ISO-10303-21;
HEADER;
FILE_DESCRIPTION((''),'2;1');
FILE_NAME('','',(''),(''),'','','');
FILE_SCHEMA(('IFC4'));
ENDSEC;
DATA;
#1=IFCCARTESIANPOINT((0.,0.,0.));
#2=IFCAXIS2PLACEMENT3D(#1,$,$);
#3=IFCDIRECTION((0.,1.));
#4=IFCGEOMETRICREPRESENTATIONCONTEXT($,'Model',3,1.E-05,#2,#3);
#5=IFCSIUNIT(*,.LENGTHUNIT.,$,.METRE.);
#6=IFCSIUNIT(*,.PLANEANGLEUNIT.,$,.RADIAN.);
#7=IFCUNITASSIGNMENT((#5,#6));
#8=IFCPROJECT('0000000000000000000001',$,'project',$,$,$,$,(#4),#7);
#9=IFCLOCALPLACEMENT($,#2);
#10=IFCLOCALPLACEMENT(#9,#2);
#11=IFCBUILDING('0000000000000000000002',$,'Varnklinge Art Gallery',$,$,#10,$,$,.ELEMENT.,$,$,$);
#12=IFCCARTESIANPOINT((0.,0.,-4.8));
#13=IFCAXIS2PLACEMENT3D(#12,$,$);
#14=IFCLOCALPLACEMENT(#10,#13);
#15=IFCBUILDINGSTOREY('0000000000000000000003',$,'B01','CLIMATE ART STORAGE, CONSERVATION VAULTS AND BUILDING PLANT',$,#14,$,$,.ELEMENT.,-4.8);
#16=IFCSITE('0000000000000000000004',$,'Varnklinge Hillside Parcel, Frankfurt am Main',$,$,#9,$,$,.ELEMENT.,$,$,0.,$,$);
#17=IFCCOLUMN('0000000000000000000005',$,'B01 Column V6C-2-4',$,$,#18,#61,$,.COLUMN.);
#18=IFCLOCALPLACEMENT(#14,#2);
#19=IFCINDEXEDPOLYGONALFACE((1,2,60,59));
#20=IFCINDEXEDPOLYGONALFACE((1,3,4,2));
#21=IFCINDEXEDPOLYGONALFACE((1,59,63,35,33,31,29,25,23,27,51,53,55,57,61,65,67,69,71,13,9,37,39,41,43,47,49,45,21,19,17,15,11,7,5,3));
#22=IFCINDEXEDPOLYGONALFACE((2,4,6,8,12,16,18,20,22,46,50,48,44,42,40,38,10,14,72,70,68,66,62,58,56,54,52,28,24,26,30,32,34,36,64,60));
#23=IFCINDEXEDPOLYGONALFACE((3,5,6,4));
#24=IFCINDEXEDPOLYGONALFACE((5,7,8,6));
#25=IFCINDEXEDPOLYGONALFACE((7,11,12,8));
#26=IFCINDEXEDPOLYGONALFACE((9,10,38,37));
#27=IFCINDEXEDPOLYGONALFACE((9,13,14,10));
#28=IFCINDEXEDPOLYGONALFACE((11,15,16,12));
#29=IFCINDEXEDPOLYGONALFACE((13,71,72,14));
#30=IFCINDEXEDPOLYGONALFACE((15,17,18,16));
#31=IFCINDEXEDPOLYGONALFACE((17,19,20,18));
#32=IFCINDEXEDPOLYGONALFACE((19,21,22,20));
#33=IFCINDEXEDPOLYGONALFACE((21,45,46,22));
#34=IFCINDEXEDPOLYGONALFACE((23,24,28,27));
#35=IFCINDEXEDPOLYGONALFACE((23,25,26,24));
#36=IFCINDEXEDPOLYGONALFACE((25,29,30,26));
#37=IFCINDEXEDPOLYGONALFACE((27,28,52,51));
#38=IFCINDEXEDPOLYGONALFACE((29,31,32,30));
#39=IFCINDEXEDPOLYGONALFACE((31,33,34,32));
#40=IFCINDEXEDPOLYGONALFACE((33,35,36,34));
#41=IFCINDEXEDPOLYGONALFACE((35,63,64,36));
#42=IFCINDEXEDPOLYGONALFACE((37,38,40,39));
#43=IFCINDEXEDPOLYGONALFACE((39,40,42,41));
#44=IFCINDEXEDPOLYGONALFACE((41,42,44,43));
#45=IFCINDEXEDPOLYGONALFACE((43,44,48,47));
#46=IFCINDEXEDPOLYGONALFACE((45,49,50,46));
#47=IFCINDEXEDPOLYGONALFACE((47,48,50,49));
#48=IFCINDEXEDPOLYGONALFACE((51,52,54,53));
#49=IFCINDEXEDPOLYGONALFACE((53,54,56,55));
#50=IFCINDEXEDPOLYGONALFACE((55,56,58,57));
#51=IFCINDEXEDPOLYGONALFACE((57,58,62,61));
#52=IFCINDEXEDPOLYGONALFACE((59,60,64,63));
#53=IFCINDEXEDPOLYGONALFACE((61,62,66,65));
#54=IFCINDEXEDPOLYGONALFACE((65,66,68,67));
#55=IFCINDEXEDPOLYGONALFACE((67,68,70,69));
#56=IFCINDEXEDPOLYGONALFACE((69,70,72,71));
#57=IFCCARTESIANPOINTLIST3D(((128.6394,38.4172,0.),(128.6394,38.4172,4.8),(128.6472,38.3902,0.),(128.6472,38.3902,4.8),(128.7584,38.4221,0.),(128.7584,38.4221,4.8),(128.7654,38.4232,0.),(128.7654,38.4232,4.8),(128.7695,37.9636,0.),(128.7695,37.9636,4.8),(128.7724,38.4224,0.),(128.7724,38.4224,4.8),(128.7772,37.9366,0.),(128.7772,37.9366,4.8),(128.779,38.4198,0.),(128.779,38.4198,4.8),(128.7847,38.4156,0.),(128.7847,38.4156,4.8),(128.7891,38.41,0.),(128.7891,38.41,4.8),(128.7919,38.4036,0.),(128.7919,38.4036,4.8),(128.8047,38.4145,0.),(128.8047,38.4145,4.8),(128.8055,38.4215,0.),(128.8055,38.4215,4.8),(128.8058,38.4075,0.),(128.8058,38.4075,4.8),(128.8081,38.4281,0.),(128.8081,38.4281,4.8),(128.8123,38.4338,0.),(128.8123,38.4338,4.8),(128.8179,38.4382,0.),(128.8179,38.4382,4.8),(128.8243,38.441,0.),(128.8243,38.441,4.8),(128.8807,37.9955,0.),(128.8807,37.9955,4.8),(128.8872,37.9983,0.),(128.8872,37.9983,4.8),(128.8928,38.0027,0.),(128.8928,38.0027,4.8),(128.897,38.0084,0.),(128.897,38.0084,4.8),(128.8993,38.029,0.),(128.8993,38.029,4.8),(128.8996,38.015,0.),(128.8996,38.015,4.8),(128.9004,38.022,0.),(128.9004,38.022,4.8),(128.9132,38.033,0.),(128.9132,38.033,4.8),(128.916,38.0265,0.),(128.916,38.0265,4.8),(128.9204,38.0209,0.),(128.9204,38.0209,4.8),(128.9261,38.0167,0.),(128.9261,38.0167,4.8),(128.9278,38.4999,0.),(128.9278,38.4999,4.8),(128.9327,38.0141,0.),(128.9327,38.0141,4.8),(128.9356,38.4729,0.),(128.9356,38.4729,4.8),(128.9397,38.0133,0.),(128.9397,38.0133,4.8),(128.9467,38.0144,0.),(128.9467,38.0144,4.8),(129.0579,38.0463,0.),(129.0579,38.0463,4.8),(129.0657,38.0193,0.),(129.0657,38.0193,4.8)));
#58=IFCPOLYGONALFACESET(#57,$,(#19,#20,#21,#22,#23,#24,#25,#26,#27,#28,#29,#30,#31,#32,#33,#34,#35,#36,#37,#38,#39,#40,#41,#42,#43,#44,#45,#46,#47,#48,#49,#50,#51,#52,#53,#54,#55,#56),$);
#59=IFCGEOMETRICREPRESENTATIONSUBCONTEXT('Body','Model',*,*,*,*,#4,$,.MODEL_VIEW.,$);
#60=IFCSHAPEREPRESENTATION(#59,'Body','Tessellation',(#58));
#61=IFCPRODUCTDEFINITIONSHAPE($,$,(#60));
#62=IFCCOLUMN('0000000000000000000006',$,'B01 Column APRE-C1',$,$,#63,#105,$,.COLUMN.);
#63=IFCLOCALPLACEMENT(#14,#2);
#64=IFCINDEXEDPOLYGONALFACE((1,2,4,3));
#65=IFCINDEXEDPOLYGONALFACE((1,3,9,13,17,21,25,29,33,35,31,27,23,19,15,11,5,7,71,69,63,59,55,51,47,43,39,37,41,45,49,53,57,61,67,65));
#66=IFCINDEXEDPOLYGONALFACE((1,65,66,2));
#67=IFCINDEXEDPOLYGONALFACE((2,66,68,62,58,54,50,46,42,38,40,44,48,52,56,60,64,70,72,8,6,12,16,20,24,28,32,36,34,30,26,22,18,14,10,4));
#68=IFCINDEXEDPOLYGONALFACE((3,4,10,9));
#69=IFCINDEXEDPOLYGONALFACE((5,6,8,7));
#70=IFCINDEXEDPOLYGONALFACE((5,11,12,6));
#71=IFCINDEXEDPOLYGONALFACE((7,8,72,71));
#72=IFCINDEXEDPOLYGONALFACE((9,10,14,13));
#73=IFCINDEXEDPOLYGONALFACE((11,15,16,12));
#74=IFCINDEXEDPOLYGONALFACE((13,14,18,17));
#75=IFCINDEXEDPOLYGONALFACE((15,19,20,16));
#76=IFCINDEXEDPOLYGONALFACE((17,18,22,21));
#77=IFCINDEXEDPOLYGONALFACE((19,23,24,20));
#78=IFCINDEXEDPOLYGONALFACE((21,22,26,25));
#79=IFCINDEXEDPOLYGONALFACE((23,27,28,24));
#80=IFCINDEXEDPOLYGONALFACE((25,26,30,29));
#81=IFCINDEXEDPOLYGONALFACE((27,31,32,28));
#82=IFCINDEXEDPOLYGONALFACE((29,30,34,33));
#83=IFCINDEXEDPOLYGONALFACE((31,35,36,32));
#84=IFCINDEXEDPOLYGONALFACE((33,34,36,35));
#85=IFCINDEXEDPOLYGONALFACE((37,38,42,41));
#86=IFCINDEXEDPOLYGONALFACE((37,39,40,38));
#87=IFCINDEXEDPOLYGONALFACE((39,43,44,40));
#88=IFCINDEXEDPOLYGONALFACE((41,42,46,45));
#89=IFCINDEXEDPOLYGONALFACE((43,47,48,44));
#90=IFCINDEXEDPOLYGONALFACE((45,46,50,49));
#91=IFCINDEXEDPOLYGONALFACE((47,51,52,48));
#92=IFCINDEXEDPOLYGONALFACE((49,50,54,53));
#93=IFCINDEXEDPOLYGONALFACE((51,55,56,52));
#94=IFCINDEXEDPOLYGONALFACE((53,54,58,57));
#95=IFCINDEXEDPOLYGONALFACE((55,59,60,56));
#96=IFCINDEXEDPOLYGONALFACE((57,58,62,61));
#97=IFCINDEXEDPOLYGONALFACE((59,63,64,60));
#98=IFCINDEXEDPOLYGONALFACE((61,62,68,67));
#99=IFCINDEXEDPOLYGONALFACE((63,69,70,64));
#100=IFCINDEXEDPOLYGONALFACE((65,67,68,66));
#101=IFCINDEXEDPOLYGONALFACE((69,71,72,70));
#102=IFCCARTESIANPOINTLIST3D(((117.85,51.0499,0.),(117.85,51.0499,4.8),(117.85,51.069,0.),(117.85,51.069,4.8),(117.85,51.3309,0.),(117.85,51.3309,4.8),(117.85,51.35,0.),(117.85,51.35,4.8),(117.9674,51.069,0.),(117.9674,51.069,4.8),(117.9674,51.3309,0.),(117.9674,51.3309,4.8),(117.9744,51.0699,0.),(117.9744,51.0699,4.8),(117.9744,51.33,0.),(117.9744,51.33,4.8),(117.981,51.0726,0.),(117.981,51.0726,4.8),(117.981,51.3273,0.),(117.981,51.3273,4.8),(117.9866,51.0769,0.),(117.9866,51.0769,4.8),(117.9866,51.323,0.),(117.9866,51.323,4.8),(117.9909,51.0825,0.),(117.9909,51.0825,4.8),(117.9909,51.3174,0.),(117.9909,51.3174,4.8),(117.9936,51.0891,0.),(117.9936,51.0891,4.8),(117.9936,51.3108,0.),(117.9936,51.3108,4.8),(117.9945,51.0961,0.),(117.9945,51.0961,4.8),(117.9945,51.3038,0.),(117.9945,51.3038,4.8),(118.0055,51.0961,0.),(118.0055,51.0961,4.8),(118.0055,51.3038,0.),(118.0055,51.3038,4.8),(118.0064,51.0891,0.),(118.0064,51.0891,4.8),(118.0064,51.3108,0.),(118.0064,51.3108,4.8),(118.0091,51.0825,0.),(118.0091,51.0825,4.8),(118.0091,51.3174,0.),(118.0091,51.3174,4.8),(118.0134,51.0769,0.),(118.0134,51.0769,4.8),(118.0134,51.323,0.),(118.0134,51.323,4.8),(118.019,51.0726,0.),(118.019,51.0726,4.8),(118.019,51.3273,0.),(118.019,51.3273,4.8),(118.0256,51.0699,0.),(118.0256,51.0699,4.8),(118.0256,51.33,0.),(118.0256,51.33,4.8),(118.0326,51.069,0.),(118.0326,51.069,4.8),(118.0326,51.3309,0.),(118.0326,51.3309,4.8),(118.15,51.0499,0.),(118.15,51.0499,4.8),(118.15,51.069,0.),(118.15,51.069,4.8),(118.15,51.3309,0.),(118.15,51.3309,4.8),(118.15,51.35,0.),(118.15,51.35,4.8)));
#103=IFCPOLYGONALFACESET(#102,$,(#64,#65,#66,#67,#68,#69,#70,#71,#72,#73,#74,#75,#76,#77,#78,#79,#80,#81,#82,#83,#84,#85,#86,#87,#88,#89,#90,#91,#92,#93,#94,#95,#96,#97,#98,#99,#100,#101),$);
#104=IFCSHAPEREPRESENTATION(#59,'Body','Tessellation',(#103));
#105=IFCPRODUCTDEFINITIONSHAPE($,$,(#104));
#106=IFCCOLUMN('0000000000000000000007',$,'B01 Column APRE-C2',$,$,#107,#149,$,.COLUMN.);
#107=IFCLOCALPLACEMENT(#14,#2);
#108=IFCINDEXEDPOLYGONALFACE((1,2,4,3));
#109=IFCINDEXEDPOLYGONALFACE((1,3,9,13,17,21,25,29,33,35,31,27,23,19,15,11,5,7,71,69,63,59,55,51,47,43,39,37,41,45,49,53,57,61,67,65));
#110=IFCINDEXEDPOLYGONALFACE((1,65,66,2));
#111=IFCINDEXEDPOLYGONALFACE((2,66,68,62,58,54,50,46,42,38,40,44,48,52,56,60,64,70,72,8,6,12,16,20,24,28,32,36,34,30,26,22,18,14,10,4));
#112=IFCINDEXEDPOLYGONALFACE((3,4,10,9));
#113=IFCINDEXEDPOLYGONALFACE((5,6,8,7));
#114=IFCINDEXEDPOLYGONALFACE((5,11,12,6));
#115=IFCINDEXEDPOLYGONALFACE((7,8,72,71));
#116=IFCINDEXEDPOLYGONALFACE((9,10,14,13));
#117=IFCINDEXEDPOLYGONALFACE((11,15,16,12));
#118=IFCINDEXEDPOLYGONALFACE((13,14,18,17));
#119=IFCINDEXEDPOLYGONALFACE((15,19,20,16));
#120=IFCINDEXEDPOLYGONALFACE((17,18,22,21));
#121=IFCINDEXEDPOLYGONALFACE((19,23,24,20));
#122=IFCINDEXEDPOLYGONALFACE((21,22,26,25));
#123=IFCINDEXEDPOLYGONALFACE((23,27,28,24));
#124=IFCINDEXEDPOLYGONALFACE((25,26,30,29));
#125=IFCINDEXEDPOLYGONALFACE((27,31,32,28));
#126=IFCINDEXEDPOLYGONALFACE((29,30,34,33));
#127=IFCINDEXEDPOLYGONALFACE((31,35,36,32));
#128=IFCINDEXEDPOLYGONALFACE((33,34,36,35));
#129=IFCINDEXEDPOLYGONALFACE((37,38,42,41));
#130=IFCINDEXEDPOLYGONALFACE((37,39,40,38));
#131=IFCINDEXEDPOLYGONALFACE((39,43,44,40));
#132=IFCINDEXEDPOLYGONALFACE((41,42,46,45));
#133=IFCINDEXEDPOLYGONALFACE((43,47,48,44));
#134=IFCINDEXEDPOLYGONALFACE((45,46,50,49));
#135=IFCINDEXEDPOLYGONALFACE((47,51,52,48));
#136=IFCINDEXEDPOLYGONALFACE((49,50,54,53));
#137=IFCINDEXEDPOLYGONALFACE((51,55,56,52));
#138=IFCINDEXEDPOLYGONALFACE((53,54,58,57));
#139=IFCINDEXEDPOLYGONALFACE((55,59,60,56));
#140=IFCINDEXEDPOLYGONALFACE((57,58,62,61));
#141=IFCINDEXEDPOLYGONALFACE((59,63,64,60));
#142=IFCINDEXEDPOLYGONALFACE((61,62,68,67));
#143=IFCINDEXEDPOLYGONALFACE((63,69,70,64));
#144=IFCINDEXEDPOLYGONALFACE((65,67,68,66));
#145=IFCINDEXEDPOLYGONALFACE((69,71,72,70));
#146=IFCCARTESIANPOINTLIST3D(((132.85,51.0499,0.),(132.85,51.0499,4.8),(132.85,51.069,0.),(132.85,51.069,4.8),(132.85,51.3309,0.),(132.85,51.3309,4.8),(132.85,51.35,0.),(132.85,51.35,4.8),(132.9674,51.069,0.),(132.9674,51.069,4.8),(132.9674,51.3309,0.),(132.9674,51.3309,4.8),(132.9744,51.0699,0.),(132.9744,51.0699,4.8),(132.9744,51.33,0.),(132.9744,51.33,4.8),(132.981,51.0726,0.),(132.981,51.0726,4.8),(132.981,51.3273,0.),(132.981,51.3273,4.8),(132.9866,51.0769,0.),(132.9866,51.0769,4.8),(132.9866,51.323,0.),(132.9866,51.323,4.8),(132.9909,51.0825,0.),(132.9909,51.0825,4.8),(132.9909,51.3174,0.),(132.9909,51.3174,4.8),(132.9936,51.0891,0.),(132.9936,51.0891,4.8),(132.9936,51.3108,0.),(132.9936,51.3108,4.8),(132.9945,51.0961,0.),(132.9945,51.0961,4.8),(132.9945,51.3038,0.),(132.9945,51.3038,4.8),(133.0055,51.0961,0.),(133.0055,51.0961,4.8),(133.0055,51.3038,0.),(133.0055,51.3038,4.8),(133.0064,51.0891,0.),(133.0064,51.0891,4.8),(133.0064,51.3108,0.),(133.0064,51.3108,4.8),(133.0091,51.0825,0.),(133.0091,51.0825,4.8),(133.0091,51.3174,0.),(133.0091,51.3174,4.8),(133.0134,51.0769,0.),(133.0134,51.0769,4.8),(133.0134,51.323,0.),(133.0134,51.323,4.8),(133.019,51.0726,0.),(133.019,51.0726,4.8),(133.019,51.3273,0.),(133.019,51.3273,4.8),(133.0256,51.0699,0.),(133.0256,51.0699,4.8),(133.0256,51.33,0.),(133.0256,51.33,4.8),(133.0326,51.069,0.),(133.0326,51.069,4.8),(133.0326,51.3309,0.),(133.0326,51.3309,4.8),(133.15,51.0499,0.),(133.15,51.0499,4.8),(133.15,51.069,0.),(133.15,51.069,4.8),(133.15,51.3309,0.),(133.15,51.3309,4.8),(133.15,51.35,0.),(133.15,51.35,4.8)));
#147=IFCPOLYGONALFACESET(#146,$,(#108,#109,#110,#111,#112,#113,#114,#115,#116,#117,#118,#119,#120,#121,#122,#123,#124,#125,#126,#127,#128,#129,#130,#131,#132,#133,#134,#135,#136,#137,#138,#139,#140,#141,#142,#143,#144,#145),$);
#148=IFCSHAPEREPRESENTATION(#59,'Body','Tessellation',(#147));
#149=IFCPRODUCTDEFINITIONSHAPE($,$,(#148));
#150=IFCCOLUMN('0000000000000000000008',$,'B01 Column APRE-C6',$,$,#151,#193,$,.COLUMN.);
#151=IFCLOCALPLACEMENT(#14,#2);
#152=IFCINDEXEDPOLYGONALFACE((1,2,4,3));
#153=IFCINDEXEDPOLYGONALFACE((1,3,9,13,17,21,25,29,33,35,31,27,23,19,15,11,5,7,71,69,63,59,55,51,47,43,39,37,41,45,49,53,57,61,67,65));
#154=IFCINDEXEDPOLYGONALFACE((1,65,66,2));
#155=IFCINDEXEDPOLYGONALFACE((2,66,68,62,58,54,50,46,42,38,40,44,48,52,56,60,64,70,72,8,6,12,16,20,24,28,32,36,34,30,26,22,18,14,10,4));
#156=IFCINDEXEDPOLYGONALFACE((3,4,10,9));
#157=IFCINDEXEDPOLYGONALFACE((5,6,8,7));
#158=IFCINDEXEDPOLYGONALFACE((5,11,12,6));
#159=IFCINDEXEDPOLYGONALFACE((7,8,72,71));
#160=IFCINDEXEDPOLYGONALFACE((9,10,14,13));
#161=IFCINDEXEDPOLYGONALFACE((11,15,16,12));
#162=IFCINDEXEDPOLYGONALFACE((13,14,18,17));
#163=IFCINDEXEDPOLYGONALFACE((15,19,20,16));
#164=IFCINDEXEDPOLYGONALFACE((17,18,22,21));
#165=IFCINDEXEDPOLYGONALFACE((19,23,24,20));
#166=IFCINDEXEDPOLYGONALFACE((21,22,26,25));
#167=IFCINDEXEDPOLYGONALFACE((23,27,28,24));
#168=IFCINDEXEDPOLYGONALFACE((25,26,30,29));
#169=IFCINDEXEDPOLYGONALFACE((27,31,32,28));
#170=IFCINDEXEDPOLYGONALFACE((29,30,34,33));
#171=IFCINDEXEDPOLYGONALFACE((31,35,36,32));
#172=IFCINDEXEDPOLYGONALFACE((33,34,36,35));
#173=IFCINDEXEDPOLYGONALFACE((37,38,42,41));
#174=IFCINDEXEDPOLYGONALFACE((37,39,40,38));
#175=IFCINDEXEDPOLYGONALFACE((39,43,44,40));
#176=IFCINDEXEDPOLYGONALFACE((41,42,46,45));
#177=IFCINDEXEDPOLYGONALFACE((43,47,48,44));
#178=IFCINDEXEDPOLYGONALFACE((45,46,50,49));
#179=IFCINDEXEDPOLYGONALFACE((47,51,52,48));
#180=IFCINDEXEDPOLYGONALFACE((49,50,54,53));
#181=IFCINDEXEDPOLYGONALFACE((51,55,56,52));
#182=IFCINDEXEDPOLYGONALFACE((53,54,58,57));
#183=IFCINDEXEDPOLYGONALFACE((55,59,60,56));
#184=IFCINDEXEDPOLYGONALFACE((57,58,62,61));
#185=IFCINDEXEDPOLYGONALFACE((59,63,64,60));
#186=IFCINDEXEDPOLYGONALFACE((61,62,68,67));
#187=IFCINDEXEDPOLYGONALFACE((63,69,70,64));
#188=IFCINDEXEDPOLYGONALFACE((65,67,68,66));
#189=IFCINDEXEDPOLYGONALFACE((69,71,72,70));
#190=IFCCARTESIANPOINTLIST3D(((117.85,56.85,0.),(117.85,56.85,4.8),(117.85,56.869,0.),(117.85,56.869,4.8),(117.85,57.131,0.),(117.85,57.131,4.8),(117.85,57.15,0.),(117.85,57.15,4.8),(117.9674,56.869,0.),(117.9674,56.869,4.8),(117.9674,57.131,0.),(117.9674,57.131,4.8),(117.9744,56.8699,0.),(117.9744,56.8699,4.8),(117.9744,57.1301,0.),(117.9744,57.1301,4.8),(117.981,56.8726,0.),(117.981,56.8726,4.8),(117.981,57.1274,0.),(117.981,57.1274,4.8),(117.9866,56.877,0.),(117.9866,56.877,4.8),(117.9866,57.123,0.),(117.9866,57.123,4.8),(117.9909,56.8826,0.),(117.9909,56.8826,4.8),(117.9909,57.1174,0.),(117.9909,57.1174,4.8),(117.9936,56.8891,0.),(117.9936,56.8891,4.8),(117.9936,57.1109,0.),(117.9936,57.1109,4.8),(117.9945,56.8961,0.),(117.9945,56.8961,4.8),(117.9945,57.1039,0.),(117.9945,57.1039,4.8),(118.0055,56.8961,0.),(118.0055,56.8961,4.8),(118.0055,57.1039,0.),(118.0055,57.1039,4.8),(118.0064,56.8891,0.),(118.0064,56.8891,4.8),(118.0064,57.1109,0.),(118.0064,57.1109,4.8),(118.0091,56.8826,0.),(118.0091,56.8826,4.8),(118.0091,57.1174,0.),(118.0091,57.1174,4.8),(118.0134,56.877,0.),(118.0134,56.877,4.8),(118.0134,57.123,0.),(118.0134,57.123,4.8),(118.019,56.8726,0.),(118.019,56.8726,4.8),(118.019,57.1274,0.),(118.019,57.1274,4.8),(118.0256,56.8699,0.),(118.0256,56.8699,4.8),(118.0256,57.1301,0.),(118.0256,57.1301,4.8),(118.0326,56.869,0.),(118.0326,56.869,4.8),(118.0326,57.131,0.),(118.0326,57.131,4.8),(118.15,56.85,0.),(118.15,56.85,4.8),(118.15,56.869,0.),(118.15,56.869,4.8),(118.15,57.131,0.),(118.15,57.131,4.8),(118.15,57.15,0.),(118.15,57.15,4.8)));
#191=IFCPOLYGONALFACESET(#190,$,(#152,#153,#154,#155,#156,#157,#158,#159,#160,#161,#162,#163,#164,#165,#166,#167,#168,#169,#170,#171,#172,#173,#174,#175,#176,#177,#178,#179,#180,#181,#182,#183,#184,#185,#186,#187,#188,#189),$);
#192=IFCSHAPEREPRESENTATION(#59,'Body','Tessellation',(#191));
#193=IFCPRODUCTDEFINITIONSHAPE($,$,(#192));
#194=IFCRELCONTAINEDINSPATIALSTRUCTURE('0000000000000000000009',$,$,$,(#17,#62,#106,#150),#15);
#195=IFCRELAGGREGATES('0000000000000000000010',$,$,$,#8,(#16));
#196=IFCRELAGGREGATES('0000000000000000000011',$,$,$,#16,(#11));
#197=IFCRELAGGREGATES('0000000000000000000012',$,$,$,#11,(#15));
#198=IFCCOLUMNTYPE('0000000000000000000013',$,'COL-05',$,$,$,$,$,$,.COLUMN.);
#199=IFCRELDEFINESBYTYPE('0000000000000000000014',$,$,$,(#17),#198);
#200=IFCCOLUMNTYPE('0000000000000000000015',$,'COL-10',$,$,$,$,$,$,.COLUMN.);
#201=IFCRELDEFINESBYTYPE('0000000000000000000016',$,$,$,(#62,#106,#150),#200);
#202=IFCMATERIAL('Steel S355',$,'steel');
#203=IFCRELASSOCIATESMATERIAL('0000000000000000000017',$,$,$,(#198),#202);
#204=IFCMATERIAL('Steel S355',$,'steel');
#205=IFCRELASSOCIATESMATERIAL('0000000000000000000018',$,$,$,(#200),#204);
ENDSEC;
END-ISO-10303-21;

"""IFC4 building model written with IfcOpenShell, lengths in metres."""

from ifc_helpers import new_model, si_unit, direction, frame, origin, origin_2d, place, context, subcontext, project, spatial, i_section, extrude, material, material_profile, profile_set, type_object, element, save


model = new_model("IFC4")

# Units and contexts
model_context = context("Model", 3, precision=1e-05, world=origin(), true_north=direction((0.0, 1.0)))
body_context = subcontext(model_context, "Body", "Model", "MODEL_VIEW")
ifc_project = project(units=[si_unit("LENGTHUNIT", "METRE"), si_unit("PLANEANGLEUNIT", "RADIAN")], contexts=[model_context])

# Site, building, storey
site_placement = place(None, origin())
site = spatial("IfcSite", under=ifc_project, at=site_placement, Name="Varnklinge Hillside Parcel, Frankfurt am Main", CompositionType="ELEMENT", RefElevation=0.0)
building_placement = place(site_placement, origin())
building = spatial("IfcBuilding", under=site, at=building_placement, Name="Varnklinge Art Gallery", CompositionType="ELEMENT")
storey_placement = place(building_placement, frame((0.0, 0.0, -4.8)))
storey = spatial("IfcBuildingStorey", under=building, at=storey_placement, Name="B01", Description="CLIMATE ART STORAGE, CONSERVATION VAULTS AND BUILDING PLANT", CompositionType="ELEMENT", Elevation=-4.8)

# Columns
ifc_material_1 = material(Name="Steel S355", Category="steel")
ifc_material_profile_1 = material_profile(ifc_material_1, i_section(OverallWidth=0.3, OverallDepth=0.5, WebThickness=0.0144, FlangeThickness=0.0281, FilletRadius=0.0271, at=origin_2d()), Name="HEB 500")
ifc_profile_set_1 = profile_set([ifc_material_profile_1], Name="Steel S355")
column_type_1 = type_object("IfcColumnType", Name="COL-05", PredefinedType="COLUMN", material=ifc_profile_set_1)
column_1_placement = place(storey_placement, frame((128.8525, 38.2183, 0.0), z_axis=(0.0, 0.0, 1.0), x_axis=(0.961262, 0.275637, 0.0)))
element("IfcColumn", 1, at=column_1_placement, inside=storey, type_object=column_type_1, Name="B01 Column V6C-2-4", PredefinedType="COLUMN", context=body_context, shape_type="SweptSolid", body=[
    extrude(i_section(OverallWidth=0.3, OverallDepth=0.5, WebThickness=0.0144, FlangeThickness=0.0281, FilletRadius=0.0271, at=origin_2d()), origin(), (0.0, 0.0, 1.0), 4.8),
])
ifc_material_2 = material(Name="Steel S355", Category="steel")
ifc_material_profile_2 = material_profile(ifc_material_2, i_section(OverallWidth=0.3, OverallDepth=0.3, WebThickness=0.011, FlangeThickness=0.019, FilletRadius=0.0271, at=origin_2d()), Name="HEB 300")
ifc_profile_set_2 = profile_set([ifc_material_profile_2], Name="Steel S355")
column_type_2 = type_object("IfcColumnType", Name="COL-10", PredefinedType="COLUMN", material=ifc_profile_set_2)
for number, where, z_axis, x_axis, name in (
    (2, (118.0, 51.2, 0.0), (0.0, 0.0, 1.0), (1.0, 0.0, 0.0), "B01 Column APRE-C1"),
    (3, (133.0, 51.2, 0.0), (0.0, 0.0, 1.0), (1.0, 0.0, 0.0), "B01 Column APRE-C2"),
    (4, (118.0, 57.0, 0.0), (0.0, 0.0, 1.0), (1.0, 0.0, 0.0), "B01 Column APRE-C6"),
):
    element("IfcColumn", number, at=place(storey_placement, frame(where, z_axis=z_axis, x_axis=x_axis)), inside=storey, type_object=column_type_2, Name=name, PredefinedType="COLUMN", context=body_context, shape_type="SweptSolid", body=[
        extrude(i_section(OverallWidth=0.3, OverallDepth=0.3, WebThickness=0.011, FlangeThickness=0.019, FilletRadius=0.0271, at=origin_2d()), origin(), (0.0, 0.0, 1.0), 4.8),
    ])

save(model, "model.ifc")
